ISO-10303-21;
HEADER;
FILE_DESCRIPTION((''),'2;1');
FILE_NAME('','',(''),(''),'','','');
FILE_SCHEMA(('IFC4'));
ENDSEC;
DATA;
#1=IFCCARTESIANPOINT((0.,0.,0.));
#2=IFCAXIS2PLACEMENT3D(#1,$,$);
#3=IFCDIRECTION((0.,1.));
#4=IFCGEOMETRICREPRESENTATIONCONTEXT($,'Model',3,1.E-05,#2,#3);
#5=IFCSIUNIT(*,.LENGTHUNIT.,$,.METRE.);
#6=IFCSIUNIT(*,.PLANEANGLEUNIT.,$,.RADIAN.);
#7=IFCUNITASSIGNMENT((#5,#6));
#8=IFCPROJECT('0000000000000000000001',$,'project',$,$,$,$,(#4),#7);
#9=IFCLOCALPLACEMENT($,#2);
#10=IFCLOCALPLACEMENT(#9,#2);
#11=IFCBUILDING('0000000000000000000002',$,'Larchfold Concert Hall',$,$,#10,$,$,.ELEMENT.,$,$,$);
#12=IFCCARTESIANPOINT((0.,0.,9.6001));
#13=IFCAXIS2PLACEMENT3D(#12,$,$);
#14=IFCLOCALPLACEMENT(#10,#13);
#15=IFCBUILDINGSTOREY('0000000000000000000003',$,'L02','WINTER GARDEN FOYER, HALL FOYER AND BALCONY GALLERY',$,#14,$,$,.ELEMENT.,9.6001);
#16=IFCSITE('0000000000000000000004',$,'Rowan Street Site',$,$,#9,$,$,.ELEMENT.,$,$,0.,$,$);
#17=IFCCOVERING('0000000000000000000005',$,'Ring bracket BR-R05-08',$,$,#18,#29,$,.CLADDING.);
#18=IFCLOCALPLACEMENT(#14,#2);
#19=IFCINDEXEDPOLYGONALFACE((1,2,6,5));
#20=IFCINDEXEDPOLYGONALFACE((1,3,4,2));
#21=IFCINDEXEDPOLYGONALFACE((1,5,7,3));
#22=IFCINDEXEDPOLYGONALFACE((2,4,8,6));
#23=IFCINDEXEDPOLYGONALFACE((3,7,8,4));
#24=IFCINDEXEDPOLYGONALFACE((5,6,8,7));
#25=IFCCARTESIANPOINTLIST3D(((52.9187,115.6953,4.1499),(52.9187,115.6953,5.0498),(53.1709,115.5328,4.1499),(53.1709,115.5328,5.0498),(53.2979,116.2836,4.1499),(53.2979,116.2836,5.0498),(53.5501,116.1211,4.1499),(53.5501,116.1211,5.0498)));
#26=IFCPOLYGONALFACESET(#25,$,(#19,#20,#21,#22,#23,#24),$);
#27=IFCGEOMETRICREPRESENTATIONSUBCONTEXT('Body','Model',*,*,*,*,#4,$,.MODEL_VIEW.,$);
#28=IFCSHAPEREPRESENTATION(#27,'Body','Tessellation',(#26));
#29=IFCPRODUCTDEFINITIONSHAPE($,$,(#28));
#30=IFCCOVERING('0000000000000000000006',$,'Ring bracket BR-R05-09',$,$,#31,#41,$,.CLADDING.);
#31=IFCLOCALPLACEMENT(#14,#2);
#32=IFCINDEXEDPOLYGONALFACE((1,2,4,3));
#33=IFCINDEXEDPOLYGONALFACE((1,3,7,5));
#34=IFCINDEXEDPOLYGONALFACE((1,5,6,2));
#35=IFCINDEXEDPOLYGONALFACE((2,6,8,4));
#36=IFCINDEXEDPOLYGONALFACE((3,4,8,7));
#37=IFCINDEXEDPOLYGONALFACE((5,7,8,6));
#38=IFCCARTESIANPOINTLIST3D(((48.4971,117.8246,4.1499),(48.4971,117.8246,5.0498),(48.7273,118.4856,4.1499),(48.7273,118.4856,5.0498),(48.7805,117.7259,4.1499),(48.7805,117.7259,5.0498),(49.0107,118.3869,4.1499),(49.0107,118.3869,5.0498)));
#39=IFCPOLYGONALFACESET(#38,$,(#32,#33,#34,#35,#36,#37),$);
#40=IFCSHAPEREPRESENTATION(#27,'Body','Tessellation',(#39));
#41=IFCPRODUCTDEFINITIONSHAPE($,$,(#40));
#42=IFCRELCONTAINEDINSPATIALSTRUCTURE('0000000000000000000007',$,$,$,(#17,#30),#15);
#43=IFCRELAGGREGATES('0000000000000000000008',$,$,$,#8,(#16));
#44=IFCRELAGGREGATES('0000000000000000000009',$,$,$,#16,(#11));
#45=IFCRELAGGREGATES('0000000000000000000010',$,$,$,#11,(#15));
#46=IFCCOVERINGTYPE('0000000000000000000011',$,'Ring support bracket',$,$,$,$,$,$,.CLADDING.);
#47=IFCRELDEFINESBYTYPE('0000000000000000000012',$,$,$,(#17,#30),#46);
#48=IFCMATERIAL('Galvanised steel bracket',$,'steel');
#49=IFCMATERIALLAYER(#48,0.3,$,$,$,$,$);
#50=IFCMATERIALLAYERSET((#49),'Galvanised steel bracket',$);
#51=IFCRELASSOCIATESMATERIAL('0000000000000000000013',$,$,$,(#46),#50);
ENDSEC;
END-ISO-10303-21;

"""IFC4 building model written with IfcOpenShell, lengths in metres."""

from ifc_helpers import new_model, si_unit, direction, frame, origin, origin_2d, place, context, subcontext, project, spatial, rectangle, extrude, material, layer, layer_set, type_object, element, save


model = new_model("IFC4")

# Units and contexts
model_context = context("Model", 3, precision=1e-05, world=origin(), true_north=direction((0.0, 1.0)))
body_context = subcontext(model_context, "Body", "Model", "MODEL_VIEW")
ifc_project = project(units=[si_unit("LENGTHUNIT", "METRE"), si_unit("PLANEANGLEUNIT", "RADIAN")], contexts=[model_context])

# Site, building, storey
site_placement = place(None, origin())
site = spatial("IfcSite", under=ifc_project, at=site_placement, Name="Rowan Street Site", CompositionType="ELEMENT", RefElevation=0.0)
building_placement = place(site_placement, origin())
building = spatial("IfcBuilding", under=site, at=building_placement, Name="Larchfold Concert Hall", CompositionType="ELEMENT")
storey_placement = place(building_placement, frame((0.0, 0.0, 9.6001)))
storey = spatial("IfcBuildingStorey", under=building, at=storey_placement, Name="L02", Description="WINTER GARDEN FOYER, HALL FOYER AND BALCONY GALLERY", CompositionType="ELEMENT", Elevation=9.6001)

# Coverings
ifc_material_1 = material(Name="Galvanised steel bracket", Category="steel")
ifc_layer_1 = layer(ifc_material_1, 0.3)
ifc_layer_set_1 = layer_set([ifc_layer_1], Name="Galvanised steel bracket")
covering_type = type_object("IfcCoveringType", Name="Ring support bracket", PredefinedType="CLADDING", material=ifc_layer_set_1)
for number, where, z_axis, x_axis, name in (
    (1, (53.2344, 115.9082, 4.1499), (0.0, 0.0, 1.0), (0.54181, 0.840501, 0.0), "Ring bracket BR-R05-08"),
    (2, (48.7539, 118.1057, 4.1499), (0.0, 0.0, 1.0), (0.32892, 0.944358, 0.0), "Ring bracket BR-R05-09"),
):
    element("IfcCovering", number, at=place(storey_placement, frame(where, z_axis=z_axis, x_axis=x_axis)), inside=storey, type_object=covering_type, Name=name, PredefinedType="CLADDING", context=body_context, shape_type="SweptSolid", body=[
        extrude(rectangle(XDim=0.7, YDim=0.3, at=origin_2d()), origin(), (0.0, 0.0, 1.0), 0.8999),
    ])

save(model, "model.ifc")
